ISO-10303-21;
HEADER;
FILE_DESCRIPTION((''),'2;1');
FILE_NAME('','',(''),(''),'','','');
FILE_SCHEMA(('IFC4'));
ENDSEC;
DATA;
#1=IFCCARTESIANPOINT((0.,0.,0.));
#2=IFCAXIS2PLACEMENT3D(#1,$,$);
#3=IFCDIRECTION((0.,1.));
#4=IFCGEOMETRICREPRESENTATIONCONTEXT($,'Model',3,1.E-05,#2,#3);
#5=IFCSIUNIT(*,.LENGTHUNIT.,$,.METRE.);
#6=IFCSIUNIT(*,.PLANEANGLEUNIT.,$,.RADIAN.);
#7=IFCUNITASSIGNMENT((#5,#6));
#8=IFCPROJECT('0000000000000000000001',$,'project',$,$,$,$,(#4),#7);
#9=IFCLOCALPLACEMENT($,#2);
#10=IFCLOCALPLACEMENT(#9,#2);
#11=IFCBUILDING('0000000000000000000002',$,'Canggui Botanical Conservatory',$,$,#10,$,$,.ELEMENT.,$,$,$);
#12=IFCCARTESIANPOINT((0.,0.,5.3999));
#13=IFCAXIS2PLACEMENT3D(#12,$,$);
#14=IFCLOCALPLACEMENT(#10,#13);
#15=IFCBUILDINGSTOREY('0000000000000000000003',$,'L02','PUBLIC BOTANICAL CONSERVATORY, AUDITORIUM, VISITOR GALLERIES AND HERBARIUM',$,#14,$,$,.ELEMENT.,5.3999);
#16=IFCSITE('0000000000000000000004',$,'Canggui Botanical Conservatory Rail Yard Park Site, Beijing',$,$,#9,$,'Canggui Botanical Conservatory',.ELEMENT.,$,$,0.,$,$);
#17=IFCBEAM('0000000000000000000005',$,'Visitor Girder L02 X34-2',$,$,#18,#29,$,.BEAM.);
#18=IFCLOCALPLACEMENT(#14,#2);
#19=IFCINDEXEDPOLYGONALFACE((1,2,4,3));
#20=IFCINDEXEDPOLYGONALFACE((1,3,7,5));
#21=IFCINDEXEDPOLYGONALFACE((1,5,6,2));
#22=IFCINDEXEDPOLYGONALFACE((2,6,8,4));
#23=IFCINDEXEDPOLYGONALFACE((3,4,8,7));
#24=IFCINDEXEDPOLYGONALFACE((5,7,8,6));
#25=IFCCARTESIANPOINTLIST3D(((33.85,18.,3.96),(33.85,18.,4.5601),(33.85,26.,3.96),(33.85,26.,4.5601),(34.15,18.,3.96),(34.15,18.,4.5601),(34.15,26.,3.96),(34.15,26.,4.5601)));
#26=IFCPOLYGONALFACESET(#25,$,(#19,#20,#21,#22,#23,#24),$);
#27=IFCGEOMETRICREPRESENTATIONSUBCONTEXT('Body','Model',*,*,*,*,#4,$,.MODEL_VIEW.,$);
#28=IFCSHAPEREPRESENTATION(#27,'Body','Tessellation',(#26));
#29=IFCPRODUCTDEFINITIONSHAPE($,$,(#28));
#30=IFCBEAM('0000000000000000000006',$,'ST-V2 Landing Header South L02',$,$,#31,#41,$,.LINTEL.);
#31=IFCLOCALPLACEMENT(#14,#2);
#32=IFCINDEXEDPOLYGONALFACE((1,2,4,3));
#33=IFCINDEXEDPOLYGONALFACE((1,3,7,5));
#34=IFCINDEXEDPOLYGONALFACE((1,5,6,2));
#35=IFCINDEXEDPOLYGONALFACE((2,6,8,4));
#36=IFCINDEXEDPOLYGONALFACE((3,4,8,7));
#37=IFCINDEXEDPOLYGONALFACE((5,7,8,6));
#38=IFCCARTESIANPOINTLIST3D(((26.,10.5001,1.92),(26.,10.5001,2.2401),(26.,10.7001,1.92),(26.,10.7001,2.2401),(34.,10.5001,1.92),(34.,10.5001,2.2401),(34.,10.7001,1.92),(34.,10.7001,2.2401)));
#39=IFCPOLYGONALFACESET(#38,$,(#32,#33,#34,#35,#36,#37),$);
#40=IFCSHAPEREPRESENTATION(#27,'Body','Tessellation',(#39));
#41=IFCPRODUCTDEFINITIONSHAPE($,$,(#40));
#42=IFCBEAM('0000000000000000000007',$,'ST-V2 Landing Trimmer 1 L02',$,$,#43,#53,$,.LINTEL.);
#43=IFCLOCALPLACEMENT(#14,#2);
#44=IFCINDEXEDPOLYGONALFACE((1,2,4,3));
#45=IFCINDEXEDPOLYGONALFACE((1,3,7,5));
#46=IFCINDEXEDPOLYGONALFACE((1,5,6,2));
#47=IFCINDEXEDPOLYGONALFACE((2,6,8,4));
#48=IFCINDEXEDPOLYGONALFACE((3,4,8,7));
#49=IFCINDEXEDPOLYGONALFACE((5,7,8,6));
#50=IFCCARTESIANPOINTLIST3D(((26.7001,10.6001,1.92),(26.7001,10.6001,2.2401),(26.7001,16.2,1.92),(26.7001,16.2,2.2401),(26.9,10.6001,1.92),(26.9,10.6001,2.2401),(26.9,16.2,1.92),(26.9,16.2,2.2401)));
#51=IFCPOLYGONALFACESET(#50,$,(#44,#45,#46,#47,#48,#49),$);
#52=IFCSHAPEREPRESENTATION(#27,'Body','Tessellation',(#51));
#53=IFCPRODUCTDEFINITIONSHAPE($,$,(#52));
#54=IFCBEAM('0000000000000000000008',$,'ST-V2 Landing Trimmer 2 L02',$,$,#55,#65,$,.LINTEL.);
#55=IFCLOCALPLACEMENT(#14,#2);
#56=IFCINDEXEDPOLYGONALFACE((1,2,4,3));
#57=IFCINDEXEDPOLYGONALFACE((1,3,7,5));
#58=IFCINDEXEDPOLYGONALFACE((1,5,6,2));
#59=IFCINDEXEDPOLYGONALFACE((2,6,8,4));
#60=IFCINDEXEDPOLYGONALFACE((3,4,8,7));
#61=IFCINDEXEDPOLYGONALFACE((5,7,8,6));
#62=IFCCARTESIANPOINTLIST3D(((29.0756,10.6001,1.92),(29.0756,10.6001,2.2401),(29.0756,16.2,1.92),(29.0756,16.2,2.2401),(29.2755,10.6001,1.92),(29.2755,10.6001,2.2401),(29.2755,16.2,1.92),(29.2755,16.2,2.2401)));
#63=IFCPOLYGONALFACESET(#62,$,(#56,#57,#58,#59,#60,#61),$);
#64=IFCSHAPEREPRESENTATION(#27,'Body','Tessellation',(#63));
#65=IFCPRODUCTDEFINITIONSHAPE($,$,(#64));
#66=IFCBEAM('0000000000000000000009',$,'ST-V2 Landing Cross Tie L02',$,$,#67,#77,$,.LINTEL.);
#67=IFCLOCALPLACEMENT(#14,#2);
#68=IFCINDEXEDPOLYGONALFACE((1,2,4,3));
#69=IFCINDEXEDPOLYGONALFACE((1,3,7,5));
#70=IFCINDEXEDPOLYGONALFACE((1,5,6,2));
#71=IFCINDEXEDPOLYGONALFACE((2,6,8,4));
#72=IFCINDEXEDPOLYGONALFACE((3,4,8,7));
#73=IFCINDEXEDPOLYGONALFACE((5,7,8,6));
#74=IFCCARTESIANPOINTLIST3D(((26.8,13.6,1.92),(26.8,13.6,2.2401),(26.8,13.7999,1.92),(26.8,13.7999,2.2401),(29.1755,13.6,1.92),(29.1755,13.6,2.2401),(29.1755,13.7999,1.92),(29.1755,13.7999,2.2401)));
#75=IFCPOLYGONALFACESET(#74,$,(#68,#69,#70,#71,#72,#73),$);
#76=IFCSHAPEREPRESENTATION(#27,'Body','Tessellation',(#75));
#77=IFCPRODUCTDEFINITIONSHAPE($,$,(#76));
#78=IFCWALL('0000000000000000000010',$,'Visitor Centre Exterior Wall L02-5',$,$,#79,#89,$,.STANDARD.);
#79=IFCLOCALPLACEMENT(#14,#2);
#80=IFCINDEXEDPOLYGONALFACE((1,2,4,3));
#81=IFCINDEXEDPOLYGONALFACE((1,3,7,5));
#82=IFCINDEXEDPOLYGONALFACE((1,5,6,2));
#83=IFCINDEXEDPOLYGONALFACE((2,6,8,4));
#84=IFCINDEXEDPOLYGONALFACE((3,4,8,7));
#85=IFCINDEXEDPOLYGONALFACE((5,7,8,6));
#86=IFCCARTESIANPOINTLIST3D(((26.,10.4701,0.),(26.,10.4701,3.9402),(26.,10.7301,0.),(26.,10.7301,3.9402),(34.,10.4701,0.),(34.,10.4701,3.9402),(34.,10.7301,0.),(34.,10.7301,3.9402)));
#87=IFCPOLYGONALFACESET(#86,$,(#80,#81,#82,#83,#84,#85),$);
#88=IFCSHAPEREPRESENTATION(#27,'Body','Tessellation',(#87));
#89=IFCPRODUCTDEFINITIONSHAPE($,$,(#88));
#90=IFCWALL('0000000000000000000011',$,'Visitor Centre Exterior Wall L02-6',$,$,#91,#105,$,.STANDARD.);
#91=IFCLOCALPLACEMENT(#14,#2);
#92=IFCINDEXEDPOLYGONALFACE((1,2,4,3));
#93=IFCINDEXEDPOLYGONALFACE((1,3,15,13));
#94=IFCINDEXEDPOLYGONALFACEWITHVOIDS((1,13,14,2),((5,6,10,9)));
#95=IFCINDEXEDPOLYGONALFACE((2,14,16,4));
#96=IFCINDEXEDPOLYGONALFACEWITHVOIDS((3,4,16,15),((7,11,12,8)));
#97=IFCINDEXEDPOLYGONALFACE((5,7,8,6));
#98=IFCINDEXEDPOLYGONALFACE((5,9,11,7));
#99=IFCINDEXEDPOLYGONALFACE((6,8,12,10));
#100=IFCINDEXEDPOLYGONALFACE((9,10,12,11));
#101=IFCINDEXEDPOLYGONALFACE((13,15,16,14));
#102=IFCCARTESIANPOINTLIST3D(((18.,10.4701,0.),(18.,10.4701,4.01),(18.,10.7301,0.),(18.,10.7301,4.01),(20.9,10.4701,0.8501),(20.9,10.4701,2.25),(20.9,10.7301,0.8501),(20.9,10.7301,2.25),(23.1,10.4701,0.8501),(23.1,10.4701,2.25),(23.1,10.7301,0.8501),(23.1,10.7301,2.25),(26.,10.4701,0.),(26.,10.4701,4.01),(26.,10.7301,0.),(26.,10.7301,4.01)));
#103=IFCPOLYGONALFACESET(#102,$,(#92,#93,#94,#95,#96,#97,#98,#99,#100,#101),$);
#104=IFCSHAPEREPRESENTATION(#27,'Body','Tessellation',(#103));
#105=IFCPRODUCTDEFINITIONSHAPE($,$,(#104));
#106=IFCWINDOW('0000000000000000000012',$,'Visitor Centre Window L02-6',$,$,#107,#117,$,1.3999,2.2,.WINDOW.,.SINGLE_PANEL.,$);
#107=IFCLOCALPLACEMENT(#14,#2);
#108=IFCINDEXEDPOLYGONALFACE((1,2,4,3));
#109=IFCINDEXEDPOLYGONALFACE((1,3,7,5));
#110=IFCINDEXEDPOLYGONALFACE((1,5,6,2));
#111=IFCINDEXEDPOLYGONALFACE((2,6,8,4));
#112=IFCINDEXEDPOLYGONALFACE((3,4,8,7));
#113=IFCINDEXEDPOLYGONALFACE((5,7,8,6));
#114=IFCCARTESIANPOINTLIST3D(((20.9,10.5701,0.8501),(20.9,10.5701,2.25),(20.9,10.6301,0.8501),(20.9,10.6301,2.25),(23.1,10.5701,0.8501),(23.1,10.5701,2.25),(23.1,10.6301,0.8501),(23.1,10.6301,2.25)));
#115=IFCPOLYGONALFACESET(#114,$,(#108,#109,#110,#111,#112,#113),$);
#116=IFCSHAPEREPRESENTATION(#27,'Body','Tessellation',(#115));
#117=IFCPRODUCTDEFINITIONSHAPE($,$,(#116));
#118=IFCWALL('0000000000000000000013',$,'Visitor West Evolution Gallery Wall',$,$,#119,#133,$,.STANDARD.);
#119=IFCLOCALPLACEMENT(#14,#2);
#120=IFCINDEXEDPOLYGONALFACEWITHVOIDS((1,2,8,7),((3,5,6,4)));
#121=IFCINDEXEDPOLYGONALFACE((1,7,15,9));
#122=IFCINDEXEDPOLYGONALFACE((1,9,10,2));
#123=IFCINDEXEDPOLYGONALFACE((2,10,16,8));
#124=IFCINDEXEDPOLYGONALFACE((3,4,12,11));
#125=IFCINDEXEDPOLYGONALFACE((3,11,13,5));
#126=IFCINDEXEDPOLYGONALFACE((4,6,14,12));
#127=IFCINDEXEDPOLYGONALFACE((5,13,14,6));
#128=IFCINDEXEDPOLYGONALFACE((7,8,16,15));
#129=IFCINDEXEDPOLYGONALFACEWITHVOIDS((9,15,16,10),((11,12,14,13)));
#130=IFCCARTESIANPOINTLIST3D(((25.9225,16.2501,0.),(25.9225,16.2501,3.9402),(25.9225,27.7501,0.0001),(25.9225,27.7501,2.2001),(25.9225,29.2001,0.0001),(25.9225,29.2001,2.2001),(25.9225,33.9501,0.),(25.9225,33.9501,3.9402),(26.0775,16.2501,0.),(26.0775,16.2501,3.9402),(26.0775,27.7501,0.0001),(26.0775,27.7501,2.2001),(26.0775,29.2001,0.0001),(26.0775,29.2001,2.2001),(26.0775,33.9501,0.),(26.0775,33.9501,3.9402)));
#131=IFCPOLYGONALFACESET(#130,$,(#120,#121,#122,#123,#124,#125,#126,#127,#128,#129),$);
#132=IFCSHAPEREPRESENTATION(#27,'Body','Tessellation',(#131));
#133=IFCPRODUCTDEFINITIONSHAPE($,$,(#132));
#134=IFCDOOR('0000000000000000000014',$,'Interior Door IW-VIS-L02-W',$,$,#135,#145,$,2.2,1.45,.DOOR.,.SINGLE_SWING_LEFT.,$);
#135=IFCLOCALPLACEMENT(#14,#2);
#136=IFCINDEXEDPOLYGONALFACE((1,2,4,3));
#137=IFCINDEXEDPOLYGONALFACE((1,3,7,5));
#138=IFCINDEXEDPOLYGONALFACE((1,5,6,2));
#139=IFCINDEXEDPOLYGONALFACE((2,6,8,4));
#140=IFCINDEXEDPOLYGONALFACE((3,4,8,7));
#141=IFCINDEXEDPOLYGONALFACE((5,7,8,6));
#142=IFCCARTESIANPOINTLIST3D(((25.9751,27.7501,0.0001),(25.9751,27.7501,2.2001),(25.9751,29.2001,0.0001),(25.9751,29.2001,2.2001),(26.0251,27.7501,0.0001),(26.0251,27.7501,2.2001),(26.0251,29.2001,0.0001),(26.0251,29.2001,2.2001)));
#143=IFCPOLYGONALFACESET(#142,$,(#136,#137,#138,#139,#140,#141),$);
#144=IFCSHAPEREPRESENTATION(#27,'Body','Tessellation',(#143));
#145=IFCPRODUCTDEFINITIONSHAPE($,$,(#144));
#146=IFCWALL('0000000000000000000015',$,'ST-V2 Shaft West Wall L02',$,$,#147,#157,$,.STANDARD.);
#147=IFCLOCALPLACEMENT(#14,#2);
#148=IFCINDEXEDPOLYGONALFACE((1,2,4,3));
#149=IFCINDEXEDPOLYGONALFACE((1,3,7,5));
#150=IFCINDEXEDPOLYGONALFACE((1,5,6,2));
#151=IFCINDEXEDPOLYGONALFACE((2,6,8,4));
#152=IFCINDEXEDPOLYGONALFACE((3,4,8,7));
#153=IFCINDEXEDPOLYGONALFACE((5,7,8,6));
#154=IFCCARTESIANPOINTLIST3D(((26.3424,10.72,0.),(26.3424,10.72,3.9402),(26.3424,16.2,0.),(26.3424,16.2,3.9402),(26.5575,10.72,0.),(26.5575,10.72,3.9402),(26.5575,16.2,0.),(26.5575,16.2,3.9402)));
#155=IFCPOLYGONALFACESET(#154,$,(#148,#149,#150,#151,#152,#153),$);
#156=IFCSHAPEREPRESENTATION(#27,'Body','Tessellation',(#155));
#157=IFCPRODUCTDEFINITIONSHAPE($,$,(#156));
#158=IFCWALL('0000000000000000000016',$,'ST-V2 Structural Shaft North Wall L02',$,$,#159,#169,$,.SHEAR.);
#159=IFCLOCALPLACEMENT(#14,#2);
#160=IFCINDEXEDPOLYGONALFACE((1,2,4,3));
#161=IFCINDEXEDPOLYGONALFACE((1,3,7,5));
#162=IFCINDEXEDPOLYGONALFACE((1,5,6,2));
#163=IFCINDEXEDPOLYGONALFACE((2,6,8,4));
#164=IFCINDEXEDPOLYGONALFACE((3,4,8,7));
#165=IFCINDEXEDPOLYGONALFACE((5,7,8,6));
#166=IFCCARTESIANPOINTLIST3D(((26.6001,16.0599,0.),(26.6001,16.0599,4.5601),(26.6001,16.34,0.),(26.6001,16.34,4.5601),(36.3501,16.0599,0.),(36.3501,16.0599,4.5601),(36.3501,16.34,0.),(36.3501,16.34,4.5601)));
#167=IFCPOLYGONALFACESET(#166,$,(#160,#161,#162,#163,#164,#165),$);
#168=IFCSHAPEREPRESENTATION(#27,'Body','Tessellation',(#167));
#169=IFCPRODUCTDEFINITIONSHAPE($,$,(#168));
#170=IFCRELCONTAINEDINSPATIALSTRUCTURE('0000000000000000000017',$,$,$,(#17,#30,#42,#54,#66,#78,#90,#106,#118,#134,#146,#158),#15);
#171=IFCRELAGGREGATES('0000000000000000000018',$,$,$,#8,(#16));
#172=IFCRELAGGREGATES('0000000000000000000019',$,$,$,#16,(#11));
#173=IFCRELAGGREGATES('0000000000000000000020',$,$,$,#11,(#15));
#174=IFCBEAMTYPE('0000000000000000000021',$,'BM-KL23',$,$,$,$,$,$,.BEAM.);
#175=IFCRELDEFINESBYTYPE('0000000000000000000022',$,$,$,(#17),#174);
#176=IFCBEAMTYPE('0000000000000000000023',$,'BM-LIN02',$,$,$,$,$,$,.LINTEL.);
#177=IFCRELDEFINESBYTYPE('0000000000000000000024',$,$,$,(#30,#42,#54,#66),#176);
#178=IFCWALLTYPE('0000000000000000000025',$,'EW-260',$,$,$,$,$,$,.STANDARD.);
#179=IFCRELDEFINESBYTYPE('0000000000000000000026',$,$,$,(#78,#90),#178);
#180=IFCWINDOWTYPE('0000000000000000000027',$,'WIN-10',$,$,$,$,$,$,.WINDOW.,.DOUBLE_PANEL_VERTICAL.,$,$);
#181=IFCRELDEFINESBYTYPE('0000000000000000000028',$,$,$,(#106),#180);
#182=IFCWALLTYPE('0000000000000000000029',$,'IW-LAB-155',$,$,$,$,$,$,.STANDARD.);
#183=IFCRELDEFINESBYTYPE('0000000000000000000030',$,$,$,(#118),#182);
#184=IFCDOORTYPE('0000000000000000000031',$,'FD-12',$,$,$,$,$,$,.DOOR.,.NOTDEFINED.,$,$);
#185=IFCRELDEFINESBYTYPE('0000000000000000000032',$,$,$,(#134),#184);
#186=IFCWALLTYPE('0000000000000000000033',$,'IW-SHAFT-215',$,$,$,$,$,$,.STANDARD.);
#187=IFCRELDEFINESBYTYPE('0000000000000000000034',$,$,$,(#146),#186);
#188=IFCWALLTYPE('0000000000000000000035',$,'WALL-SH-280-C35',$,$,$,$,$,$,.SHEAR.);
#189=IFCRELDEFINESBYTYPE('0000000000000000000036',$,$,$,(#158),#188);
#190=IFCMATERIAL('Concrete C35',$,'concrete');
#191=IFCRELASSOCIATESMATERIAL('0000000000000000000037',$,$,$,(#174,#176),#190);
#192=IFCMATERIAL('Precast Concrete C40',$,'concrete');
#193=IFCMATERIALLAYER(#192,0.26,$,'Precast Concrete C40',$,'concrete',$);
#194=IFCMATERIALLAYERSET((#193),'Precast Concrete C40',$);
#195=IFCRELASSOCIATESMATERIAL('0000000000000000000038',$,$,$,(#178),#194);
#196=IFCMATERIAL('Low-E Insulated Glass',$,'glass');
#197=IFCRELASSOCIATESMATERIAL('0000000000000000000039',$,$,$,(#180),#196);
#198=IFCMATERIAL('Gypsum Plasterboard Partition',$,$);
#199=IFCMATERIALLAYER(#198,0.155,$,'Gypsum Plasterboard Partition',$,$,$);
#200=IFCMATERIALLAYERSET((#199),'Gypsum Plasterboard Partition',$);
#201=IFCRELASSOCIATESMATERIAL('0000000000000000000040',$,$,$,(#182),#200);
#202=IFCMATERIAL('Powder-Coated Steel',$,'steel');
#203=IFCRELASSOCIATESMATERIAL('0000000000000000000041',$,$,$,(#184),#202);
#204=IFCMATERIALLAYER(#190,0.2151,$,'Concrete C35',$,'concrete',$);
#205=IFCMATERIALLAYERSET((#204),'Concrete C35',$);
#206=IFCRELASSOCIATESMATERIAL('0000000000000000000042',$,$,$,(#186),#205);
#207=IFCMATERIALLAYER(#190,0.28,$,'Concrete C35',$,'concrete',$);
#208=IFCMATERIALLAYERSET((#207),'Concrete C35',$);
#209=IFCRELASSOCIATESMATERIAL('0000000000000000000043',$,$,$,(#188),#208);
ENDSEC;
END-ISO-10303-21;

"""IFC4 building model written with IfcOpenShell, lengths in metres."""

from ifc_helpers import new_model, si_unit, direction, frame, frame_2d, origin, origin_2d, place, context, subcontext, project, spatial, rectangle, extrude, material, layer, layer_set, material_profile, profile_set, type_object, element, fill, save


model = new_model("IFC4")

# Units and contexts
model_context = context("Model", 3, precision=1e-05, world=origin(), true_north=direction((0.0, 1.0)))
body_context = subcontext(model_context, "Body", "Model", "MODEL_VIEW")
ifc_project = project(units=[si_unit("LENGTHUNIT", "METRE"), si_unit("PLANEANGLEUNIT", "RADIAN")], contexts=[model_context])

# Site, building, storey
site_placement = place(None, origin())
site = spatial("IfcSite", under=ifc_project, at=site_placement, Name="Canggui Botanical Conservatory Rail Yard Park Site, Beijing", LongName="Canggui Botanical Conservatory", CompositionType="ELEMENT", RefElevation=0.0)
building_placement = place(site_placement, origin())
building = spatial("IfcBuilding", under=site, at=building_placement, Name="Canggui Botanical Conservatory", CompositionType="ELEMENT")
storey_placement = place(building_placement, frame((0.0, 0.0, 5.3999)))
storey = spatial("IfcBuildingStorey", under=building, at=storey_placement, Name="L02", Description="PUBLIC BOTANICAL CONSERVATORY, AUDITORIUM, VISITOR GALLERIES AND HERBARIUM", CompositionType="ELEMENT", Elevation=5.3999)

# Shared definitions
ifc_material_1 = material(Name="Concrete C35", Category="concrete")

# Beams
ifc_material_profile_1 = material_profile(ifc_material_1, rectangle(XDim=0.3, YDim=0.6001, at=origin_2d()), Name="RB 300x600")
ifc_profile_set_1 = profile_set([ifc_material_profile_1], Name="Concrete C35")
beam_type_1 = type_object("IfcBeamType", Name="BM-KL23", PredefinedType="BEAM", material=ifc_profile_set_1)
beam_1_placement = place(storey_placement, frame((34.0, 18.0, 4.26), z_axis=(0.0, 1.0, 0.0), x_axis=(-1.0, 0.0, 0.0)))
element("IfcBeam", 1, at=beam_1_placement, inside=storey, type_object=beam_type_1, Name="Visitor Girder L02 X34-2", PredefinedType="BEAM", context=body_context, shape_type="SweptSolid", body=[
    extrude(rectangle(XDim=0.3, YDim=0.6001, at=origin_2d()), origin(), (0.0, 0.0, 1.0), 8.0),
])
ifc_material_profile_2 = material_profile(ifc_material_1, rectangle(XDim=0.2, YDim=0.3201, at=origin_2d()), Name="RB 200x320")
ifc_profile_set_2 = profile_set([ifc_material_profile_2], Name="Concrete C35")
beam_type_2 = type_object("IfcBeamType", Name="BM-LIN02", PredefinedType="LINTEL", material=ifc_profile_set_2)
beam_2_placement = place(storey_placement, frame((26.0, 10.6001, 2.0801), z_axis=(1.0, 0.0, 0.0), x_axis=(0.0, 1.0, 0.0)))
element("IfcBeam", 2, at=beam_2_placement, inside=storey, type_object=beam_type_2, Name="ST-V2 Landing Header South L02", PredefinedType="LINTEL", context=body_context, shape_type="SweptSolid", body=[
    extrude(rectangle(XDim=0.2, YDim=0.3201, at=origin_2d()), origin(), (0.0, 0.0, 1.0), 8.0),
])
for number, where, z_axis, x_axis, name in (
    (3, (26.8, 10.6001, 2.0801), (0.0, 1.0, 0.0), (-1.0, 0.0, 0.0), "ST-V2 Landing Trimmer 1 L02"),
    (4, (29.1755, 10.6001, 2.0801), (0.0, 1.0, 0.0), (-1.0, 0.0, 0.0), "ST-V2 Landing Trimmer 2 L02"),
):
    element("IfcBeam", number, at=place(storey_placement, frame(where, z_axis=z_axis, x_axis=x_axis)), inside=storey, type_object=beam_type_2, Name=name, PredefinedType="LINTEL", context=body_context, shape_type="SweptSolid", body=[
        extrude(rectangle(XDim=0.2, YDim=0.3201, at=origin_2d()), origin(), (0.0, 0.0, 1.0), 5.5999),
    ])
beam_3_placement = place(storey_placement, frame((26.8, 13.7, 2.0801), z_axis=(1.0, 0.0, 0.0), x_axis=(0.0, 1.0, 0.0)))
element("IfcBeam", 5, at=beam_3_placement, inside=storey, type_object=beam_type_2, Name="ST-V2 Landing Cross Tie L02", PredefinedType="LINTEL", context=body_context, shape_type="SweptSolid", body=[
    extrude(rectangle(XDim=0.2, YDim=0.3201, at=origin_2d()), origin(), (0.0, 0.0, 1.0), 2.3755),
])

# Wall
ifc_material_2 = material(Name="Precast Concrete C40", Category="concrete")
ifc_layer_1 = layer(ifc_material_2, 0.26, Name="Precast Concrete C40", Category="concrete")
ifc_layer_set_1 = layer_set([ifc_layer_1], Name="Precast Concrete C40")
wall_type_1 = type_object("IfcWallType", Name="EW-260", PredefinedType="STANDARD", material=ifc_layer_set_1)
wall_1_placement = place(storey_placement, frame((34.0, 10.6001, 0.0), z_axis=(0.0, 0.0, 1.0), x_axis=(-1.0, 0.0, 0.0)))
element("IfcWall", 6, at=wall_1_placement, inside=storey, type_object=wall_type_1, Name="Visitor Centre Exterior Wall L02-5", PredefinedType="STANDARD", context=body_context, shape_type="SweptSolid", body=[
    extrude(rectangle(XDim=8.0, YDim=0.26, at=frame_2d((4.0, 0.0))), origin(), (0.0, 0.0, 1.0), 3.9402),
])

# Wall, opening, window
wall_2_placement = place(storey_placement, frame((26.0, 10.6001, 0.0), z_axis=(0.0, 0.0, 1.0), x_axis=(-1.0, 0.0, 0.0)))
wall_2 = element("IfcWall", 7, at=wall_2_placement, inside=storey, type_object=wall_type_1, Name="Visitor Centre Exterior Wall L02-6", PredefinedType="STANDARD", context=body_context, shape_type="SweptSolid", body=[
    extrude(rectangle(XDim=8.0, YDim=0.26, at=frame_2d((4.0, 0.0))), origin(), (0.0, 0.0, 1.0), 4.01),
])
opening_1_placement = place(wall_2_placement, frame((2.8999, 0.0, 0.8501)))
opening_1 = element("IfcOpeningElement", 8, at=opening_1_placement, cuts=wall_2, PredefinedType="OPENING", context=body_context, shape_type="SweptSolid", body=[
    extrude(rectangle(XDim=2.2, YDim=1.3999, at=frame_2d((1.1001, 0.7))), frame((0.0, 0.1401, 0.0), z_axis=(0.0, -1.0, 0.0), x_axis=(1.0, 0.0, 0.0)), (0.0, 0.0, 1.0), 0.28),
])
ifc_material_3 = material(Name="Low-E Insulated Glass", Category="glass")
window_type = type_object("IfcWindowType", Name="WIN-10", PartitioningType="DOUBLE_PANEL_VERTICAL", PredefinedType="WINDOW", material=ifc_material_3)
window_placement = place(opening_1_placement, origin())
window = element("IfcWindow", 9, at=window_placement, inside=storey, type_object=window_type, Name="Visitor Centre Window L02-6", OverallHeight=1.3999, OverallWidth=2.2, PartitioningType="SINGLE_PANEL", PredefinedType="WINDOW", context=body_context, shape_type="SweptSolid", body=[
    extrude(rectangle(XDim=2.2, YDim=1.3999, at=frame_2d((1.1001, 0.7))), frame((0.0, 0.03, 0.0), z_axis=(0.0, -1.0, 0.0), x_axis=(1.0, 0.0, 0.0)), (0.0, 0.0, 1.0), 0.0601),
])
fill(opening_1, window)

# Wall, opening, door
ifc_material_4 = material(Name="Gypsum Plasterboard Partition")
ifc_layer_2 = layer(ifc_material_4, 0.155, Name="Gypsum Plasterboard Partition")
ifc_layer_set_2 = layer_set([ifc_layer_2], Name="Gypsum Plasterboard Partition")
wall_type_2 = type_object("IfcWallType", Name="IW-LAB-155", PredefinedType="STANDARD", material=ifc_layer_set_2)
wall_3_placement = place(storey_placement, frame((26.0, 16.25, 0.0), z_axis=(0.0, 0.0, 1.0), x_axis=(0.0, 1.0, 0.0)))
wall_3 = element("IfcWall", 10, at=wall_3_placement, inside=storey, type_object=wall_type_2, Name="Visitor West Evolution Gallery Wall", PredefinedType="STANDARD", context=body_context, shape_type="SweptSolid", body=[
    extrude(rectangle(XDim=17.7, YDim=0.155, at=frame_2d((8.8501, 0.0))), origin(), (0.0, 0.0, 1.0), 3.9402),
])
opening_2_placement = place(wall_3_placement, frame((11.5, 0.0, 0.0)))
opening_2 = element("IfcOpeningElement", 11, at=opening_2_placement, cuts=wall_3, PredefinedType="OPENING", context=body_context, shape_type="SweptSolid", body=[
    extrude(rectangle(XDim=1.45, YDim=2.2, at=frame_2d((0.7251, 1.1001))), frame((0.0, 0.0874, 0.0), z_axis=(0.0, -1.0, 0.0), x_axis=(1.0, 0.0, 0.0)), (0.0, 0.0, 1.0), 0.175),
])
ifc_material_5 = material(Name="Powder-Coated Steel", Category="steel")
door_type = type_object("IfcDoorType", Name="FD-12", OperationType="NOTDEFINED", PredefinedType="DOOR", material=ifc_material_5)
door_placement = place(opening_2_placement, origin())
door = element("IfcDoor", 12, at=door_placement, inside=storey, type_object=door_type, Name="Interior Door IW-VIS-L02-W", OperationType="SINGLE_SWING_LEFT", OverallHeight=2.2, OverallWidth=1.45, PredefinedType="DOOR", context=body_context, shape_type="SweptSolid", body=[
    extrude(rectangle(XDim=1.45, YDim=2.2, at=frame_2d((0.7251, 1.1001))), frame((0.0, 0.0249, 0.0), z_axis=(0.0, -1.0, 0.0), x_axis=(1.0, 0.0, 0.0)), (0.0, 0.0, 1.0), 0.05),
])
fill(opening_2, door)

# Walls
ifc_layer_3 = layer(ifc_material_1, 0.2151, Name="Concrete C35", Category="concrete")
ifc_layer_set_3 = layer_set([ifc_layer_3], Name="Concrete C35")
wall_type_3 = type_object("IfcWallType", Name="IW-SHAFT-215", PredefinedType="STANDARD", material=ifc_layer_set_3)
wall_4_placement = place(storey_placement, frame((26.45, 16.2, 0.0), z_axis=(0.0, 0.0, 1.0), x_axis=(0.0, -1.0, 0.0)))
element("IfcWall", 13, at=wall_4_placement, inside=storey, type_object=wall_type_3, Name="ST-V2 Shaft West Wall L02", PredefinedType="STANDARD", context=body_context, shape_type="SweptSolid", body=[
    extrude(rectangle(XDim=5.48, YDim=0.2151, at=frame_2d((2.74, 0.0))), origin(), (0.0, 0.0, 1.0), 3.9402),
])
ifc_layer_4 = layer(ifc_material_1, 0.28, Name="Concrete C35", Category="concrete")
ifc_layer_set_4 = layer_set([ifc_layer_4], Name="Concrete C35")
wall_type_4 = type_object("IfcWallType", Name="WALL-SH-280-C35", PredefinedType="SHEAR", material=ifc_layer_set_4)
wall_5_placement = place(storey_placement, frame((26.6001, 16.2, 0.0), z_axis=(0.0, 0.0, 1.0), x_axis=(1.0, 0.0, 0.0)))
element("IfcWall", 14, at=wall_5_placement, inside=storey, type_object=wall_type_4, Name="ST-V2 Structural Shaft North Wall L02", PredefinedType="SHEAR", context=body_context, shape_type="SweptSolid", body=[
    extrude(rectangle(XDim=9.75, YDim=0.28, at=frame_2d((4.875, 0.0))), origin(), (0.0, 0.0, 1.0), 4.5601),
])

save(model, "model.ifc")
